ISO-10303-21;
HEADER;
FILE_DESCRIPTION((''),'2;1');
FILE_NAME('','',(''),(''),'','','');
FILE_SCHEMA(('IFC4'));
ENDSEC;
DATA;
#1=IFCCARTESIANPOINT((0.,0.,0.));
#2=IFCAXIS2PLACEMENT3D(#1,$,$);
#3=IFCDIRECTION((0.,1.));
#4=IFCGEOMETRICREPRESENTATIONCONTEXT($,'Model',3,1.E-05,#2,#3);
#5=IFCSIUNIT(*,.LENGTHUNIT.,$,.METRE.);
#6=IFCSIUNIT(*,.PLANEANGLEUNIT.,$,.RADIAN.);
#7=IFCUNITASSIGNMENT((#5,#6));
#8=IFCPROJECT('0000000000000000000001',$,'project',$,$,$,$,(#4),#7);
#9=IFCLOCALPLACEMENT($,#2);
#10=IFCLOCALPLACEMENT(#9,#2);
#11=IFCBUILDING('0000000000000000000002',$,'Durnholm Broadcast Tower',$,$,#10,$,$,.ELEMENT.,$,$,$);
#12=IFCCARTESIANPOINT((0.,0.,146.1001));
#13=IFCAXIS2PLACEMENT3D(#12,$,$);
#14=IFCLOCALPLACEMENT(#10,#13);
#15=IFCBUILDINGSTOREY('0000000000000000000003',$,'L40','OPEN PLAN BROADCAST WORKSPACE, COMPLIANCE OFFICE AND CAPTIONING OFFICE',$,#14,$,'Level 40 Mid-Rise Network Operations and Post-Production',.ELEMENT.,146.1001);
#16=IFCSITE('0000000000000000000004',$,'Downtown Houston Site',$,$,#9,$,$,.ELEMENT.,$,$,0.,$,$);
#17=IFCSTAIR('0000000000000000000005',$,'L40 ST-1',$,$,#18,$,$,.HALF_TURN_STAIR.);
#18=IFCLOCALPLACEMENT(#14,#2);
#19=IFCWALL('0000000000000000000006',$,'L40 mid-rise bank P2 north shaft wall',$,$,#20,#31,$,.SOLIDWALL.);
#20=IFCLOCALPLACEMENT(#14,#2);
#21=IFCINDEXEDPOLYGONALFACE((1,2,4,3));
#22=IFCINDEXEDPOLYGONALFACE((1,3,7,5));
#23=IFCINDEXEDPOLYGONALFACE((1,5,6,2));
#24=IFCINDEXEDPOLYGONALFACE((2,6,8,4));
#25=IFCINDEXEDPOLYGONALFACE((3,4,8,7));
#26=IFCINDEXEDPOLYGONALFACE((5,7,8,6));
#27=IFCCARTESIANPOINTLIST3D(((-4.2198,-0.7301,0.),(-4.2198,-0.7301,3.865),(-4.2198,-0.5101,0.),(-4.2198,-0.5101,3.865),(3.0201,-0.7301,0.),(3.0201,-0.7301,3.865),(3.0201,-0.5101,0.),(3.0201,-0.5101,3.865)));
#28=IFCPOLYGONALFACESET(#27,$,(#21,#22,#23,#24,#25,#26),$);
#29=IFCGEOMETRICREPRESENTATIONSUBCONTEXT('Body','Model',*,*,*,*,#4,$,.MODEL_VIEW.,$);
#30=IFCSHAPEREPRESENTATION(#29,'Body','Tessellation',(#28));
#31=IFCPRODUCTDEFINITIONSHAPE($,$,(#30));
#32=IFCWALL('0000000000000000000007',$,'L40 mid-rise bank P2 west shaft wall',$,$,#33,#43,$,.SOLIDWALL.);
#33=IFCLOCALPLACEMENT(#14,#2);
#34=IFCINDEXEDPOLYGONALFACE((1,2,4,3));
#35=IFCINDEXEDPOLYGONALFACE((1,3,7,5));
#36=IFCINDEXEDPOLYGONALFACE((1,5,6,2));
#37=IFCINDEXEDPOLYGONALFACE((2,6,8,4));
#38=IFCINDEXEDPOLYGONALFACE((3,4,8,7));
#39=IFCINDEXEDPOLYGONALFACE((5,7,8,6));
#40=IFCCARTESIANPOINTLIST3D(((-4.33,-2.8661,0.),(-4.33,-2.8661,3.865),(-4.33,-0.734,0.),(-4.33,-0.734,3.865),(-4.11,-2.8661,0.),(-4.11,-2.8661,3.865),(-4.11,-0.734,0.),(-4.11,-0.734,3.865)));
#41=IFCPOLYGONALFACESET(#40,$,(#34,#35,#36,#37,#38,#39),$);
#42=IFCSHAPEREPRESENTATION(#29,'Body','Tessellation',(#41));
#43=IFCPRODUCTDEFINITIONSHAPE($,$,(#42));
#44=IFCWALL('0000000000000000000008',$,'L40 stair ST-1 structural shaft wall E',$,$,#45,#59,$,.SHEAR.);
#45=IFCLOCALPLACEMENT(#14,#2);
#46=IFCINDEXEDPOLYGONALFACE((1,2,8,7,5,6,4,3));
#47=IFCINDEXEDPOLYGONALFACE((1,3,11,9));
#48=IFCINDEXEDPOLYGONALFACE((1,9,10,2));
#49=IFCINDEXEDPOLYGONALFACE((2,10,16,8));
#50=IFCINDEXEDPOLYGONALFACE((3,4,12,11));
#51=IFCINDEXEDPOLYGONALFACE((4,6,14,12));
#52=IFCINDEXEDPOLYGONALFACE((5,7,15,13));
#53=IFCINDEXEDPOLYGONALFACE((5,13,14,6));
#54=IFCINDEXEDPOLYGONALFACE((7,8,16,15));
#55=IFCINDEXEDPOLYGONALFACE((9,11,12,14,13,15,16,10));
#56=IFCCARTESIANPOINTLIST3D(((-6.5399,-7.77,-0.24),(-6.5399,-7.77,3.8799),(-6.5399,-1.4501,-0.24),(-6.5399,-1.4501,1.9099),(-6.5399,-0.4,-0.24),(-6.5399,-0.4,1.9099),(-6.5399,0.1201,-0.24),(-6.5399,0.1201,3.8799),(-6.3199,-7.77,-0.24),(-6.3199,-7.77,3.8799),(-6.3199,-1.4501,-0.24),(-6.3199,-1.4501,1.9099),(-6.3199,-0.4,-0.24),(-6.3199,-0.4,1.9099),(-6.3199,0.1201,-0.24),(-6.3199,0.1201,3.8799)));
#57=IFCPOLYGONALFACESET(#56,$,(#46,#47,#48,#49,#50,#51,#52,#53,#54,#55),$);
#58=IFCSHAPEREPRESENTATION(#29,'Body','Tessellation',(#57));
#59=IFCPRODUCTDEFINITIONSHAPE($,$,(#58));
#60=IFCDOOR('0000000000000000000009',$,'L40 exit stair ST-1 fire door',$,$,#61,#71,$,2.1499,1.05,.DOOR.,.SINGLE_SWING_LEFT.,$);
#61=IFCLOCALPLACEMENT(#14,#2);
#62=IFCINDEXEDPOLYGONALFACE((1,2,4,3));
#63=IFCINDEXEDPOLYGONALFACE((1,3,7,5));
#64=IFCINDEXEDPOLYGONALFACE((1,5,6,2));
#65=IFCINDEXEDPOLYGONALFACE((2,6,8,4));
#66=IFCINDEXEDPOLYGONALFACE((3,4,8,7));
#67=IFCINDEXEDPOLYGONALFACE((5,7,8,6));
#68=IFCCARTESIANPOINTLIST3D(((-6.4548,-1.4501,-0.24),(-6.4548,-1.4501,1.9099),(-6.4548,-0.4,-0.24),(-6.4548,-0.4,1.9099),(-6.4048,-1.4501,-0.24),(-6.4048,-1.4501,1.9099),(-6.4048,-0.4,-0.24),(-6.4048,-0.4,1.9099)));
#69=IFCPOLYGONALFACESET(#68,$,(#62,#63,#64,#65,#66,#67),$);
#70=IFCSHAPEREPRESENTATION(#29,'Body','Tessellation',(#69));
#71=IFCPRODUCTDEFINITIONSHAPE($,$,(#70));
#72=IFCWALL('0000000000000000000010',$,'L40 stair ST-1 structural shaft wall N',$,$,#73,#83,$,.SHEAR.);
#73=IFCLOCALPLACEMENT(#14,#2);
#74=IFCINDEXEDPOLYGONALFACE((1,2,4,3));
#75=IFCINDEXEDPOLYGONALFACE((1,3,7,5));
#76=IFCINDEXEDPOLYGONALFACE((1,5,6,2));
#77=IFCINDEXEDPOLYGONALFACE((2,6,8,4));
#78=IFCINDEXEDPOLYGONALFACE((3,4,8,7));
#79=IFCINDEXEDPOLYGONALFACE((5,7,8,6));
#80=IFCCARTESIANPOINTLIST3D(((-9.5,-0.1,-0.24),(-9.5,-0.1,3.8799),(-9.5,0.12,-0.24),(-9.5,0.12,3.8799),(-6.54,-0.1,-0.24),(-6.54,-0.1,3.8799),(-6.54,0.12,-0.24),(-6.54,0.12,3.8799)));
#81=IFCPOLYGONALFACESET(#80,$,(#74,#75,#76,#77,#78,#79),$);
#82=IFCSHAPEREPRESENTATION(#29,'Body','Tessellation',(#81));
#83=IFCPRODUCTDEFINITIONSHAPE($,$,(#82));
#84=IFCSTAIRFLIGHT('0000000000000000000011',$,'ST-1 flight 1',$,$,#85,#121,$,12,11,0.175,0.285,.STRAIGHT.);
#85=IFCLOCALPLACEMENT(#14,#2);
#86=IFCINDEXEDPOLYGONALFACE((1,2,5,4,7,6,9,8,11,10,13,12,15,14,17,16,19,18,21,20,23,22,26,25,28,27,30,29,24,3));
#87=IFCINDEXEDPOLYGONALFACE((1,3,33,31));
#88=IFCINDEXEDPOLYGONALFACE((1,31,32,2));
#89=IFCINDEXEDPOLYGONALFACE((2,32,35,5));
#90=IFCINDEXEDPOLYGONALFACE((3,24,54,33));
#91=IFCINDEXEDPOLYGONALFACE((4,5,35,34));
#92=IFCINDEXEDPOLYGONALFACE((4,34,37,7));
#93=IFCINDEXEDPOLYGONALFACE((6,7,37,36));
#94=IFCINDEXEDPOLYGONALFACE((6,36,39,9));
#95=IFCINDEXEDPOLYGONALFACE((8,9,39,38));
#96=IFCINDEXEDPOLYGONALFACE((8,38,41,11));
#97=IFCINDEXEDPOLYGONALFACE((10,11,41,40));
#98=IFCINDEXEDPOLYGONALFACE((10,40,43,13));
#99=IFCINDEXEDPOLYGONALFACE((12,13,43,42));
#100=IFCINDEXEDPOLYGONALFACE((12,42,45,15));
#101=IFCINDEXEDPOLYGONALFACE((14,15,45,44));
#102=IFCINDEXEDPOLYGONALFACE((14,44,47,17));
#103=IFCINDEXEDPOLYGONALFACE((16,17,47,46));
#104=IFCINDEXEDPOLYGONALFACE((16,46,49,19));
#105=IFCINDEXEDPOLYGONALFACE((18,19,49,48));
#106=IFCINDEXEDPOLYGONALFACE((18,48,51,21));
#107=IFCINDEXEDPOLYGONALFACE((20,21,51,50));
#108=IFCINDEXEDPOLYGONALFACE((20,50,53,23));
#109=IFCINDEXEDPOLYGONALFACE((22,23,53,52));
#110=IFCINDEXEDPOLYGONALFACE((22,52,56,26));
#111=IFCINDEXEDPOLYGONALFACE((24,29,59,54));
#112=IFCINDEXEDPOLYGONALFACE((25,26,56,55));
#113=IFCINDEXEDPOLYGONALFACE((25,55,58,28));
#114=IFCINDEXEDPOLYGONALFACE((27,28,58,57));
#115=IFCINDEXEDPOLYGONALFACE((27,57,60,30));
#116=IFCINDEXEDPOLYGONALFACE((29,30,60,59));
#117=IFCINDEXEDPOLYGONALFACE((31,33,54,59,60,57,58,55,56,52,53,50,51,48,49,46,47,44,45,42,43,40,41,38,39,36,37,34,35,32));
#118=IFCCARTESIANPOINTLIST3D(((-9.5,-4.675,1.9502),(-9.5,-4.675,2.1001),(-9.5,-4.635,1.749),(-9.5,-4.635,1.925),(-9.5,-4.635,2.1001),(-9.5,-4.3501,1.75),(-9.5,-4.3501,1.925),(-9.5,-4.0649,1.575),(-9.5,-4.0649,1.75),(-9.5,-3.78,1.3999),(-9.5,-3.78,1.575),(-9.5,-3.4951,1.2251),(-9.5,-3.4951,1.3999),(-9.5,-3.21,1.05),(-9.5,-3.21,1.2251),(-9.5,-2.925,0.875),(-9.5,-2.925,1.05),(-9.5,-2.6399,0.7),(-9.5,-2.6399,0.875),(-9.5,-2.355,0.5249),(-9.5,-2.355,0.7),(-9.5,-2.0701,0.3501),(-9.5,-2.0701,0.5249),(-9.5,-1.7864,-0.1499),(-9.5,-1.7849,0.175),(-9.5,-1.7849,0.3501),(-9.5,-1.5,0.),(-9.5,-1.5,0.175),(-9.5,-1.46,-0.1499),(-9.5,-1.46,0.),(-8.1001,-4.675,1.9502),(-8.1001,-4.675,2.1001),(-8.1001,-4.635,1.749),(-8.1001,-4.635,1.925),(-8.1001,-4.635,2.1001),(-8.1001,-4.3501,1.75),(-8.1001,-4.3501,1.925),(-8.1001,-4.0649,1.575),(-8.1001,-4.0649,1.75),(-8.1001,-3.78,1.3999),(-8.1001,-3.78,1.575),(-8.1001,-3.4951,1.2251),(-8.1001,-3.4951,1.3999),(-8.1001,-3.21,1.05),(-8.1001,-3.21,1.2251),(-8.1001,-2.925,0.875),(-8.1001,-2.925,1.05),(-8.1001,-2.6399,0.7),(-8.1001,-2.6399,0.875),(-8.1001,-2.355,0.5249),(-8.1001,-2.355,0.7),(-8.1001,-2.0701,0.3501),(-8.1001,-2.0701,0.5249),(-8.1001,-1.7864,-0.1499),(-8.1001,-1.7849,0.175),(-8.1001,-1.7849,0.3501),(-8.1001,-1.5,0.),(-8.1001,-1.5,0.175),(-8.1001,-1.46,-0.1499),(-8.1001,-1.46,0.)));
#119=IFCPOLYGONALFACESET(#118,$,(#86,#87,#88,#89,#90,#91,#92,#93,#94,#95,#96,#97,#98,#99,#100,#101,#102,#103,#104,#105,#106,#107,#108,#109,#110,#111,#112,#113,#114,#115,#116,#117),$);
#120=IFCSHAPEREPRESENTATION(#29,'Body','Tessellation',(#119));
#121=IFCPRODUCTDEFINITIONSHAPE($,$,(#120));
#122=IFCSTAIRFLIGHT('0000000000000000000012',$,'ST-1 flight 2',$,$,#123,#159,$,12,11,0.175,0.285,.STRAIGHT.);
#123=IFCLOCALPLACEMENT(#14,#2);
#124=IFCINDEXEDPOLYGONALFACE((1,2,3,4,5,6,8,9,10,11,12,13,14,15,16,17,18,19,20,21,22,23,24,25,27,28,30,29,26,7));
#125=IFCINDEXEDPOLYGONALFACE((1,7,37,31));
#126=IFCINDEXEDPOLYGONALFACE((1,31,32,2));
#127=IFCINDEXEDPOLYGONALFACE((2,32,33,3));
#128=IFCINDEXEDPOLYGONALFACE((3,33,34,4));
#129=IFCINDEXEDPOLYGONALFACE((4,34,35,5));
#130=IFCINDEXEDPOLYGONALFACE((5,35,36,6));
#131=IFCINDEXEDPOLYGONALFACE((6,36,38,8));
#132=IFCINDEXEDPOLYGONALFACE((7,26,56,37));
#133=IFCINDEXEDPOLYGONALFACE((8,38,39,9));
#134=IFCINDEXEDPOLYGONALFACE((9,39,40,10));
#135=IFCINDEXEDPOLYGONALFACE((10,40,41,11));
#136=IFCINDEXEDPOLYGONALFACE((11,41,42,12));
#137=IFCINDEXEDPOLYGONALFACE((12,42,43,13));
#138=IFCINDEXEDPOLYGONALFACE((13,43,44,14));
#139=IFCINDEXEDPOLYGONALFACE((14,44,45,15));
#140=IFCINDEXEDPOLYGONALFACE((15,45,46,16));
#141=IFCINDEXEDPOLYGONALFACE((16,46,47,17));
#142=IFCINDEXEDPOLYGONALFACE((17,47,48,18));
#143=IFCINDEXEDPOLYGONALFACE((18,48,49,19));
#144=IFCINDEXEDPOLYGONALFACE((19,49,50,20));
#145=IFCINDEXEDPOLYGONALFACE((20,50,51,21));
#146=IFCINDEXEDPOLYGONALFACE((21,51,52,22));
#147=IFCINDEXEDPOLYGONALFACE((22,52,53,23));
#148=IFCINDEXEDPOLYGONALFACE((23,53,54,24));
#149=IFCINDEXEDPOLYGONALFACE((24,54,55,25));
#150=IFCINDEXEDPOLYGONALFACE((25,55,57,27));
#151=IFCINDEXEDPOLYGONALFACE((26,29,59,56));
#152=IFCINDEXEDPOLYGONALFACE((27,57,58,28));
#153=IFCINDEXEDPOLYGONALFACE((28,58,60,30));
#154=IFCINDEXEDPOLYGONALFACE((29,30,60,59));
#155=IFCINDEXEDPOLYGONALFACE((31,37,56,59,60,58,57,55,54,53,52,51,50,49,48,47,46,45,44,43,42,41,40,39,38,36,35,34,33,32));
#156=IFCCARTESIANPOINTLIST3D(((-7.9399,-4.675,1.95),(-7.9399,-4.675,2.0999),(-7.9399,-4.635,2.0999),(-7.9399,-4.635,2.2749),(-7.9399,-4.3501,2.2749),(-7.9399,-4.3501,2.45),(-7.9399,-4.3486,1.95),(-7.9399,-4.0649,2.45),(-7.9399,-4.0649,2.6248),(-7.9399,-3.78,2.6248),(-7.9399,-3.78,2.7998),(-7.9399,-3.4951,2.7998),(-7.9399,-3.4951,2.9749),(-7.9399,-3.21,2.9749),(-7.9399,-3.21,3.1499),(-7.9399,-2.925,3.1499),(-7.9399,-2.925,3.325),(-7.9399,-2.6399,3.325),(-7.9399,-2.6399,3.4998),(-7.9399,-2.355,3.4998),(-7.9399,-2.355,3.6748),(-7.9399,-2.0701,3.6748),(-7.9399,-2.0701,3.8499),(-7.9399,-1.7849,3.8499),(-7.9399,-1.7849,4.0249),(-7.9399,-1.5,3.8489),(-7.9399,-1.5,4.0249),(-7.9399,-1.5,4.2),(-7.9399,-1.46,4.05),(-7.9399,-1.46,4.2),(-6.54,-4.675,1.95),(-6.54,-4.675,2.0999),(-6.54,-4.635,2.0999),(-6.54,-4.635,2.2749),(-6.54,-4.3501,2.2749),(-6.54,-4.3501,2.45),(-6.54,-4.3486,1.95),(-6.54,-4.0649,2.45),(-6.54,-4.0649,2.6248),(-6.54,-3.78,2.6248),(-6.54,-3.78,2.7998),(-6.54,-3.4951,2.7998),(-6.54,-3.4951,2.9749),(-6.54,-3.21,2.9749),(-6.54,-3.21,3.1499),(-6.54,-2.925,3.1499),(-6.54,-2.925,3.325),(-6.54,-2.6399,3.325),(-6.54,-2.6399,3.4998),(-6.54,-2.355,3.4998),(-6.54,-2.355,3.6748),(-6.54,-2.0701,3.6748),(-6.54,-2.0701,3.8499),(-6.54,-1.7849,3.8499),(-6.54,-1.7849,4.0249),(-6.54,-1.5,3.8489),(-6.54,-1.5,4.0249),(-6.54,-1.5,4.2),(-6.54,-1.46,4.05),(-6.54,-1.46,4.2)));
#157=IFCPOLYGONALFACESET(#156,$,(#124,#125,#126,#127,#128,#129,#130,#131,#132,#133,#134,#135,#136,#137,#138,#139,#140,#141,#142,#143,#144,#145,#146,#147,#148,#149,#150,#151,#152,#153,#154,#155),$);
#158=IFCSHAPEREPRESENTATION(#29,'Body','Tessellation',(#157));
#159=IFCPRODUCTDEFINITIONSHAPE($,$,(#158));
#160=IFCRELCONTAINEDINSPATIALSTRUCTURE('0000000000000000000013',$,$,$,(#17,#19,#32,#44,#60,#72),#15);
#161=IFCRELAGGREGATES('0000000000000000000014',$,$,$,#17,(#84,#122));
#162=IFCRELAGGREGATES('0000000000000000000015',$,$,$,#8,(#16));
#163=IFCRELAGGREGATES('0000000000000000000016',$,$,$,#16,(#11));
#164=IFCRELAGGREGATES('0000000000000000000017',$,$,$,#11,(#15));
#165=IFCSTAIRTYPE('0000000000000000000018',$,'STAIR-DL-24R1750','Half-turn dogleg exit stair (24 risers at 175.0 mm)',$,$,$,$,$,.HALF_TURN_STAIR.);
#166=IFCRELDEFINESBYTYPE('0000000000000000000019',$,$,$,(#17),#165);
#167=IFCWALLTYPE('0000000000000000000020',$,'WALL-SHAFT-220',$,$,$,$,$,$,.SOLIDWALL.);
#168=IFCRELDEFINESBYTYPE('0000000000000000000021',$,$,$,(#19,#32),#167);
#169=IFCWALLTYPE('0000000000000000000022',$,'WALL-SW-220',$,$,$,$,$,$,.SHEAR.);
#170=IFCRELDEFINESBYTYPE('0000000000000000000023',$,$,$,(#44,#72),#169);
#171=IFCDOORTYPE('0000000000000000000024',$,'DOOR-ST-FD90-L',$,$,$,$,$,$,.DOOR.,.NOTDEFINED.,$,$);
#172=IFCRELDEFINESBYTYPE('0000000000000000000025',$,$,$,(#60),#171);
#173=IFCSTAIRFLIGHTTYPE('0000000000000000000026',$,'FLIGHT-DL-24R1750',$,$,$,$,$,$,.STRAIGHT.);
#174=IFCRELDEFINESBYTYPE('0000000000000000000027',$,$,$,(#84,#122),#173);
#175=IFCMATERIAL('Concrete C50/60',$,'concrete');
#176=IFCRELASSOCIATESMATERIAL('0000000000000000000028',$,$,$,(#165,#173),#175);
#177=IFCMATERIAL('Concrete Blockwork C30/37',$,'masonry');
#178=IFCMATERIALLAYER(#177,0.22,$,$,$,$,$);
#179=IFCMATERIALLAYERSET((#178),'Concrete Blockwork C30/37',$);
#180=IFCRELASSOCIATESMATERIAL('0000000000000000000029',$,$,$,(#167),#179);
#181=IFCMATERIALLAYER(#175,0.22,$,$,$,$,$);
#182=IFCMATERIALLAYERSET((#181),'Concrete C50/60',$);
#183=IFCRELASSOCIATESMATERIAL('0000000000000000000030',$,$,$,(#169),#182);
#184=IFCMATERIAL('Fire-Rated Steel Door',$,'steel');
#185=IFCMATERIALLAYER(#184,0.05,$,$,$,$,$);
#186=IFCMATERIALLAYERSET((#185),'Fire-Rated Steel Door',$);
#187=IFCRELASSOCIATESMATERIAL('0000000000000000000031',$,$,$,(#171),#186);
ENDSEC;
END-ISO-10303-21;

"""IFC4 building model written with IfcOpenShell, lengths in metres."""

from ifc_helpers import new_model, si_unit, direction, frame, frame_2d, origin, place, context, subcontext, project, spatial, polyline, rectangle, outline, extrude, source, transform, mapped, material, layer, layer_set, type_object, type_shapes, element, fill, aggregate, save


model = new_model("IFC4")

# Units and contexts
model_context = context("Model", 3, precision=1e-05, world=origin(), true_north=direction((0.0, 1.0)))
body_context = subcontext(model_context, "Body", "Model", "MODEL_VIEW")
ifc_project = project(units=[si_unit("LENGTHUNIT", "METRE"), si_unit("PLANEANGLEUNIT", "RADIAN")], contexts=[model_context])

# Site, building, storey
site_placement = place(None, origin())
site = spatial("IfcSite", under=ifc_project, at=site_placement, Name="Downtown Houston Site", CompositionType="ELEMENT", RefElevation=0.0)
building_placement = place(site_placement, origin())
building = spatial("IfcBuilding", under=site, at=building_placement, Name="Durnholm Broadcast Tower", CompositionType="ELEMENT")
storey_placement = place(building_placement, frame((0.0, 0.0, 146.1001)))
storey = spatial("IfcBuildingStorey", under=building, at=storey_placement, Name="L40", Description="OPEN PLAN BROADCAST WORKSPACE, COMPLIANCE OFFICE AND CAPTIONING OFFICE", LongName="Level 40 Mid-Rise Network Operations and Post-Production", CompositionType="ELEMENT", Elevation=146.1001)

# Shared definitions
ifc_material_1 = material(Name="Concrete C50/60", Category="concrete")

# Stair
stair_type = type_object("IfcStairType", Name="STAIR-DL-24R1750", Description="Half-turn dogleg exit stair (24 risers at 175.0 mm)", PredefinedType="HALF_TURN_STAIR", material=ifc_material_1)
stair_1_placement = place(storey_placement, origin())
stair_1 = element("IfcStair", 1, at=stair_1_placement, inside=storey, type_object=stair_type, Name="L40 ST-1", PredefinedType="HALF_TURN_STAIR")

# Shared definitions
ifc_material_2 = material(Name="Concrete Blockwork C30/37", Category="masonry")
ifc_layer_1 = layer(ifc_material_2, 0.22)
ifc_layer_set_1 = layer_set([ifc_layer_1], Name="Concrete Blockwork C30/37")
wall_type_1 = type_object("IfcWallType", Name="WALL-SHAFT-220", PredefinedType="SOLIDWALL", material=ifc_layer_set_1)

# Walls
wall_1_placement = place(storey_placement, frame((-4.22, -0.6201, 0.0), z_axis=(0.0, 0.0, 1.0), x_axis=(1.0, 0.0, 0.0)))
element("IfcWall", 2, at=wall_1_placement, inside=storey, type_object=wall_type_1, Name="L40 mid-rise bank P2 north shaft wall", PredefinedType="SOLIDWALL", context=body_context, shape_type="SweptSolid", body=[
    extrude(rectangle(XDim=7.24, YDim=0.22, at=frame_2d((3.6201, 0.0))), origin(), (0.0, 0.0, 1.0), 3.865),
])
wall_2_placement = place(storey_placement, frame((-4.22, -2.866, 0.0), z_axis=(0.0, 0.0, 1.0), x_axis=(0.0, 1.0, 0.0)))
element("IfcWall", 3, at=wall_2_placement, inside=storey, type_object=wall_type_1, Name="L40 mid-rise bank P2 west shaft wall", PredefinedType="SOLIDWALL", context=body_context, shape_type="SweptSolid", body=[
    extrude(rectangle(XDim=2.1321, YDim=0.22, at=frame_2d((1.0659, 0.0))), origin(), (0.0, 0.0, 1.0), 3.865),
])

# Wall, opening, door
ifc_layer_2 = layer(ifc_material_1, 0.22)
ifc_layer_set_2 = layer_set([ifc_layer_2], Name="Concrete C50/60")
wall_type_2 = type_object("IfcWallType", Name="WALL-SW-220", PredefinedType="SHEAR", material=ifc_layer_set_2)
wall_3_placement = place(storey_placement, frame((-6.4299, -7.77, -0.24), z_axis=(0.0, 0.0, 1.0), x_axis=(0.0, 1.0, 0.0)))
wall_3 = element("IfcWall", 4, at=wall_3_placement, inside=storey, type_object=wall_type_2, Name="L40 stair ST-1 structural shaft wall E", PredefinedType="SHEAR", context=body_context, shape_type="SweptSolid", body=[
    extrude(rectangle(XDim=7.8901, YDim=0.22, at=frame_2d((3.9451, 0.0))), origin(), (0.0, 0.0, 1.0), 4.1199),
])
opening_1_placement = place(wall_3_placement, frame((6.3201, 0.0, 0.0)))
opening_1 = element("IfcOpeningElement", 5, at=opening_1_placement, cuts=wall_3, PredefinedType="OPENING", context=body_context, shape_type="SweptSolid", body=[
    extrude(rectangle(XDim=1.05, YDim=2.1499, at=frame_2d((0.5249, 1.075))), frame((0.0, 0.1201, 0.0), z_axis=(0.0, -1.0, 0.0), x_axis=(1.0, 0.0, 0.0)), (0.0, 0.0, 1.0), 0.24),
])
ifc_material_3 = material(Name="Fire-Rated Steel Door", Category="steel")
ifc_layer_3 = layer(ifc_material_3, 0.05)
ifc_layer_set_3 = layer_set([ifc_layer_3], Name="Fire-Rated Steel Door")
door_type_1 = type_object("IfcDoorType", Name="DOOR-ST-FD90-L", OperationType="NOTDEFINED", PredefinedType="DOOR", material=ifc_layer_set_3)
shared_shape_1 = source(origin(), body_context, "Body", "SweptSolid", [
    extrude(rectangle(XDim=1.05, YDim=2.1499, at=frame_2d((0.5249, 1.075))), frame((0.0, 0.0249, 0.0), z_axis=(0.0, -1.0, 0.0), x_axis=(1.0, 0.0, 0.0)), (0.0, 0.0, 1.0), 0.05),
])
type_shapes(door_type_1, [shared_shape_1])
door_1_placement = place(opening_1_placement, origin())
door_1 = element("IfcDoor", 6, at=door_1_placement, inside=storey, type_object=door_type_1, Name="L40 exit stair ST-1 fire door", OperationType="SINGLE_SWING_LEFT", OverallHeight=2.1499, OverallWidth=1.05, PredefinedType="DOOR", context=body_context, shape_type="MappedRepresentation", body=[
    mapped(shared_shape_1, transform((0.0, 0.0, 0.0), x_axis=(1.0, 0.0, 0.0), y_axis=(0.0, 1.0, 0.0), z_axis=(0.0, 0.0, 1.0), scale=1.0)),
])
fill(opening_1, door_1)

# Wall
wall_4_placement = place(storey_placement, frame((-6.54, 0.01, -0.24), z_axis=(0.0, 0.0, 1.0), x_axis=(-1.0, 0.0, 0.0)))
element("IfcWall", 7, at=wall_4_placement, inside=storey, type_object=wall_type_2, Name="L40 stair ST-1 structural shaft wall N", PredefinedType="SHEAR", context=body_context, shape_type="SweptSolid", body=[
    extrude(rectangle(XDim=2.96, YDim=0.22, at=frame_2d((1.48, 0.0))), origin(), (0.0, 0.0, 1.0), 4.1199),
])

# Stair flights
stair_flight_type = type_object("IfcStairFlightType", Name="FLIGHT-DL-24R1750", PredefinedType="STRAIGHT", material=ifc_material_1)
stair_flight_1_placement = place(storey_placement, frame((-8.8, -1.5, 0.0), z_axis=(0.0, 0.0, 1.0), x_axis=(0.0, -1.0, 0.0)))
stair_flight_1 = element("IfcStairFlight", 8, at=stair_flight_1_placement, type_object=stair_flight_type, Name="ST-1 flight 1", NumberOfRisers=12, NumberOfTreads=11, PredefinedType="STRAIGHT", RiserHeight=0.175, TreadLength=0.285, context=body_context, shape_type="SweptSolid", body=[
    extrude(outline(polyline([(-0.04, -0.1499), (-0.04, 0.0), (0.0, 0.0), (0.0, 0.175), (0.2849, 0.175), (0.2849, 0.3501), (0.5701, 0.3501), (0.5701, 0.5249), (0.855, 0.5249), (0.855, 0.7), (1.1399, 0.7), (1.1399, 0.875), (1.425, 0.875), (1.425, 1.05), (1.71, 1.05), (1.71, 1.2251), (1.9951, 1.2251), (1.9951, 1.3999), (2.28, 1.3999), (2.28, 1.575), (2.5649, 1.575), (2.5649, 1.75), (2.8501, 1.75), (2.8501, 1.925), (3.135, 1.925), (3.135, 2.1001), (3.175, 2.1001), (3.175, 1.9502), (3.135, 1.749), (0.2864, -0.1499), (-0.04, -0.1499)])), frame((0.0, 0.7, 0.0), z_axis=(0.0, -1.0, 0.0), x_axis=(1.0, 0.0, 0.0)), (0.0, 0.0, 1.0), 1.3999),
])
stair_flight_2_placement = place(storey_placement, frame((-7.24, -4.635, 2.0999), z_axis=(0.0, 0.0, 1.0), x_axis=(0.0, 1.0, 0.0)))
stair_flight_2 = element("IfcStairFlight", 9, at=stair_flight_2_placement, type_object=stair_flight_type, Name="ST-1 flight 2", NumberOfRisers=12, NumberOfTreads=11, PredefinedType="STRAIGHT", RiserHeight=0.175, TreadLength=0.285, context=body_context, shape_type="SweptSolid", body=[
    extrude(outline(polyline([(-0.04, -0.1499), (-0.04, 0.0), (0.0, 0.0), (0.0, 0.175), (0.2849, 0.175), (0.2849, 0.3501), (0.5701, 0.3501), (0.5701, 0.5249), (0.855, 0.5249), (0.855, 0.7), (1.1399, 0.7), (1.1399, 0.875), (1.425, 0.875), (1.425, 1.05), (1.71, 1.05), (1.71, 1.2251), (1.9951, 1.2251), (1.9951, 1.3999), (2.28, 1.3999), (2.28, 1.575), (2.5649, 1.575), (2.5649, 1.75), (2.8501, 1.75), (2.8501, 1.925), (3.135, 1.925), (3.135, 2.1001), (3.175, 2.1001), (3.175, 1.9502), (3.135, 1.749), (0.2864, -0.1499), (-0.04, -0.1499)])), frame((0.0, 0.7, 0.0), z_axis=(0.0, -1.0, 0.0), x_axis=(1.0, 0.0, 0.0)), (0.0, 0.0, 1.0), 1.3999),
])
aggregate(stair_1, [stair_flight_1, stair_flight_2])

save(model, "model.ifc")
